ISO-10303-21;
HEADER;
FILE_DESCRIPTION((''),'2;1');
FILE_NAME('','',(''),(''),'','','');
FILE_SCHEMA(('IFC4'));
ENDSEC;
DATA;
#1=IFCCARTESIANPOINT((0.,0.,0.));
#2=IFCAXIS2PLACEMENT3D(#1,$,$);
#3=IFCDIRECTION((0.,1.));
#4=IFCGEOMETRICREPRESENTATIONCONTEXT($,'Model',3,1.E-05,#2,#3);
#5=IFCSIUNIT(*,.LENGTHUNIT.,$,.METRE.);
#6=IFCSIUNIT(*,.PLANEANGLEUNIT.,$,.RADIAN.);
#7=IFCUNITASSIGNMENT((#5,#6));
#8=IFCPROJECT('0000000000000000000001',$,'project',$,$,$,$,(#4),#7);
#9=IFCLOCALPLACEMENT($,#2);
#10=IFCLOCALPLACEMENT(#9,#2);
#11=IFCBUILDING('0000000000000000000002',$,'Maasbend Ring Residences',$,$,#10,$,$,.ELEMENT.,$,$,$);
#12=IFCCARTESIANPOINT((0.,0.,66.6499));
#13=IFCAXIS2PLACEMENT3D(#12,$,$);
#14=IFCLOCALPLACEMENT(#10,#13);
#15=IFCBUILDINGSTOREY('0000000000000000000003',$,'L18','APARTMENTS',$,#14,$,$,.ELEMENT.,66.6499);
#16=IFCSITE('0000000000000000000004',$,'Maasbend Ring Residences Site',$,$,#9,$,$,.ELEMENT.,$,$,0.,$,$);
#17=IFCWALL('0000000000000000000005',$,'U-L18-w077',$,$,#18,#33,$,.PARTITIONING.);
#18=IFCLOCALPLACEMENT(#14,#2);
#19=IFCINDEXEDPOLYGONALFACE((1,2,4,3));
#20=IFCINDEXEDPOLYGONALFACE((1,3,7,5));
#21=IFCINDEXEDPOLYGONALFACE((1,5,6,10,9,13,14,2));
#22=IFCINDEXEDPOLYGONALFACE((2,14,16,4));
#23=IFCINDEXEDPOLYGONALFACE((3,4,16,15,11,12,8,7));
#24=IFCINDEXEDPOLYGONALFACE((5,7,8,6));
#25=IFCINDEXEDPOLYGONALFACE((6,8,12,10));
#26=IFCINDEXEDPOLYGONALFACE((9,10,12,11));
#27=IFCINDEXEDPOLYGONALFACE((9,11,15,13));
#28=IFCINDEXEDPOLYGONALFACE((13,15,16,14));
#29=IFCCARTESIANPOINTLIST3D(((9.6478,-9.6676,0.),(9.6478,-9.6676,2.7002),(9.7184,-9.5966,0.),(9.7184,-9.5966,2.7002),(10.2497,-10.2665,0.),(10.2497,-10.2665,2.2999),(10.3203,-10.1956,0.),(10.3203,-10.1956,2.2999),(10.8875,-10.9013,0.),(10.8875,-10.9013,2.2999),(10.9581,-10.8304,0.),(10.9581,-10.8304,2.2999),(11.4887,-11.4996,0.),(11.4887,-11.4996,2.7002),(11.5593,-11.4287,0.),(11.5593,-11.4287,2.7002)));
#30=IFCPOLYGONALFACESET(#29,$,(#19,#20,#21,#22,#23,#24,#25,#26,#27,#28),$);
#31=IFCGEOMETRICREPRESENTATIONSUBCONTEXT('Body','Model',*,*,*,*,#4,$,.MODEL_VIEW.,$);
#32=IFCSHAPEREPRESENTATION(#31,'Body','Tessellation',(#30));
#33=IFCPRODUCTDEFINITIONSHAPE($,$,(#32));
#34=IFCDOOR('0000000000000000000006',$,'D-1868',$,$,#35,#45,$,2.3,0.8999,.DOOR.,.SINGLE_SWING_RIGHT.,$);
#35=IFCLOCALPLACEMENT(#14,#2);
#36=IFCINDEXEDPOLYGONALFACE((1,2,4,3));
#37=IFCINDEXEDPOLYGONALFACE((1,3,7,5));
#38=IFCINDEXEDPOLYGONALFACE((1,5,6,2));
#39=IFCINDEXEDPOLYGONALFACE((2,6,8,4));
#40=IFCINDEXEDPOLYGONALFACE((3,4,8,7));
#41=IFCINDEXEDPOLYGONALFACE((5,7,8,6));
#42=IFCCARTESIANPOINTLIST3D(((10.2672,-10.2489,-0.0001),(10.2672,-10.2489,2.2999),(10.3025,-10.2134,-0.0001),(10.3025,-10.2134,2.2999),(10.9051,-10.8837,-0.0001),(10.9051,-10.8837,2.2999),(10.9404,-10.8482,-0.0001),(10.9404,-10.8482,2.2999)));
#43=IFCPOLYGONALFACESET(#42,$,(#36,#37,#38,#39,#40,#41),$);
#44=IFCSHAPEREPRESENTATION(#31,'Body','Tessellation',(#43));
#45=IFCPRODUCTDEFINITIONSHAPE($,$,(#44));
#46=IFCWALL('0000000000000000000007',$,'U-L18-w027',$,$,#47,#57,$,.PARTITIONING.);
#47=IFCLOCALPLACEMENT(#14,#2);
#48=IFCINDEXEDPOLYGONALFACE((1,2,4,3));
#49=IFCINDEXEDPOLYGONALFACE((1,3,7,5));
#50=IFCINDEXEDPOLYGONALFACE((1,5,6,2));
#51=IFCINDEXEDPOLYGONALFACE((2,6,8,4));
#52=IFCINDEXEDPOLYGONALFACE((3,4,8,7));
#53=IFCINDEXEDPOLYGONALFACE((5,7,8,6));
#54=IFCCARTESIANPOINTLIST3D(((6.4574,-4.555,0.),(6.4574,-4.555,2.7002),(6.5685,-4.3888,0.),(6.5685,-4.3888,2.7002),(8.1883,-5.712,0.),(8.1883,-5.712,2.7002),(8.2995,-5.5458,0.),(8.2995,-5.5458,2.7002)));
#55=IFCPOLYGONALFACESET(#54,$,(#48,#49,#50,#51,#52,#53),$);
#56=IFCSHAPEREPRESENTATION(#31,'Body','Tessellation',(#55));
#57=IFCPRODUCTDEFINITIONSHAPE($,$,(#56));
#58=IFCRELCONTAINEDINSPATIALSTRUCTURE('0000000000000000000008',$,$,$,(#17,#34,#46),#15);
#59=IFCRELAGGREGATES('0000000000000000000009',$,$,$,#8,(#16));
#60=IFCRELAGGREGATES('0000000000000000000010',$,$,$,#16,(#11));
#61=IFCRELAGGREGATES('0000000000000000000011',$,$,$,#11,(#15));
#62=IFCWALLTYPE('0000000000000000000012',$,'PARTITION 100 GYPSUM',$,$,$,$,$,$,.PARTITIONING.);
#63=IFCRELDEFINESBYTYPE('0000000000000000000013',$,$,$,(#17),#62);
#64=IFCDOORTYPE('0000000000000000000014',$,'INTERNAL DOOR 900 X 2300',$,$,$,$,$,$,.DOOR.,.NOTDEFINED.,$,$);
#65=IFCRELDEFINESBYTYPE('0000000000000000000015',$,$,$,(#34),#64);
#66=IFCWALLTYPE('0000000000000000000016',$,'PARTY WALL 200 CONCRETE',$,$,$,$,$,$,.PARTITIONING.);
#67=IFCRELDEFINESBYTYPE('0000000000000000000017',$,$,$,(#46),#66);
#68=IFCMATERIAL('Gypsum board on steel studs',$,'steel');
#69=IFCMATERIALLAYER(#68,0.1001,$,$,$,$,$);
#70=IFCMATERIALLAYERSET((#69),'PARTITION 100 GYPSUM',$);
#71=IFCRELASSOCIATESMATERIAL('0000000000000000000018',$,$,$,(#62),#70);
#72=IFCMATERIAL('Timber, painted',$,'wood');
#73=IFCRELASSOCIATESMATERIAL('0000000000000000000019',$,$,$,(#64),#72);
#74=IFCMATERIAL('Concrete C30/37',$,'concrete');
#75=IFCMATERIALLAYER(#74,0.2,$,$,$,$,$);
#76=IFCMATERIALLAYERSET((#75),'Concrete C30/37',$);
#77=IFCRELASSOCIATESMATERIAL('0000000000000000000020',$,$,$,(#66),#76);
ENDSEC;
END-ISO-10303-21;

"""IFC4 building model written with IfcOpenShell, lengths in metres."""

from ifc_helpers import new_model, si_unit, direction, frame, frame_2d, origin, place, context, subcontext, project, spatial, rectangle, extrude, material, layer, layer_set, type_object, element, fill, save


model = new_model("IFC4")

# Units and contexts
model_context = context("Model", 3, precision=1e-05, world=origin(), true_north=direction((0.0, 1.0)))
body_context = subcontext(model_context, "Body", "Model", "MODEL_VIEW")
ifc_project = project(units=[si_unit("LENGTHUNIT", "METRE"), si_unit("PLANEANGLEUNIT", "RADIAN")], contexts=[model_context])

# Site, building, storey
site_placement = place(None, origin())
site = spatial("IfcSite", under=ifc_project, at=site_placement, Name="Maasbend Ring Residences Site", CompositionType="ELEMENT", RefElevation=0.0)
building_placement = place(site_placement, origin())
building = spatial("IfcBuilding", under=site, at=building_placement, Name="Maasbend Ring Residences", CompositionType="ELEMENT")
storey_placement = place(building_placement, frame((0.0, 0.0, 66.6499)))
storey = spatial("IfcBuildingStorey", under=building, at=storey_placement, Name="L18", Description="APARTMENTS", CompositionType="ELEMENT", Elevation=66.6499)

# Shared definitions
ifc_material_1 = material(Name="Gypsum board on steel studs", Category="steel")
ifc_layer_1 = layer(ifc_material_1, 0.1001)
ifc_layer_set_1 = layer_set([ifc_layer_1], Name="PARTITION 100 GYPSUM")
wall_type_1 = type_object("IfcWallType", Name="PARTITION 100 GYPSUM", PredefinedType="PARTITIONING", material=ifc_layer_set_1)

# Wall, opening, door
wall_1_placement = place(storey_placement, frame((9.6831, -9.6321, 0.0), z_axis=(0.0, 0.0, 1.0), x_axis=(0.708797, -0.705413, 0.0)))
wall_1 = element("IfcWall", 1, at=wall_1_placement, inside=storey, type_object=wall_type_1, Name="U-L18-w077", PredefinedType="PARTITIONING", context=body_context, shape_type="SweptSolid", body=[
    extrude(rectangle(XDim=2.5972, YDim=0.1001, at=frame_2d((1.2986, 0.0))), origin(), (0.0, 0.0, 1.0), 2.7002),
])
opening_1_placement = place(wall_1_placement, frame((0.8491, 0.0, 0.0)))
opening_1 = element("IfcOpeningElement", 2, at=opening_1_placement, cuts=wall_1, PredefinedType="OPENING", context=body_context, shape_type="SweptSolid", body=[
    extrude(rectangle(XDim=0.8999, YDim=2.3, at=frame_2d((0.45, 1.1499))), frame((0.0, 0.0601, 0.0), z_axis=(0.0, -1.0, 0.0), x_axis=(1.0, 0.0, 0.0)), (0.0, 0.0, 1.0), 0.1201),
])
ifc_material_2 = material(Name="Timber, painted", Category="wood")
door_type_1 = type_object("IfcDoorType", Name="INTERNAL DOOR 900 X 2300", OperationType="NOTDEFINED", PredefinedType="DOOR", material=ifc_material_2)
door_1_placement = place(opening_1_placement, origin())
door_1 = element("IfcDoor", 3, at=door_1_placement, inside=storey, type_object=door_type_1, Name="D-1868", OperationType="SINGLE_SWING_RIGHT", OverallHeight=2.3, OverallWidth=0.8999, PredefinedType="DOOR", context=body_context, shape_type="SweptSolid", body=[
    extrude(rectangle(XDim=0.8999, YDim=2.3, at=frame_2d((0.45, 1.1499))), frame((0.0, 0.0249, 0.0), z_axis=(0.0, -1.0, 0.0), x_axis=(1.0, 0.0, 0.0)), (0.0, 0.0, 1.0), 0.05),
])
fill(opening_1, door_1)

# Wall
ifc_material_3 = material(Name="Concrete C30/37", Category="concrete")
ifc_layer_2 = layer(ifc_material_3, 0.2)
ifc_layer_set_2 = layer_set([ifc_layer_2], Name="Concrete C30/37")
wall_type_2 = type_object("IfcWallType", Name="PARTY WALL 200 CONCRETE", PredefinedType="PARTITIONING", material=ifc_layer_set_2)
wall_2_placement = place(storey_placement, frame((6.5129, -4.4719, 0.0), z_axis=(0.0, 0.0, 1.0), x_axis=(0.831382, -0.555701, 0.0)))
element("IfcWall", 4, at=wall_2_placement, inside=storey, type_object=wall_type_2, Name="U-L18-w027", PredefinedType="PARTITIONING", context=body_context, shape_type="SweptSolid", body=[
    extrude(rectangle(XDim=2.082, YDim=0.2, at=frame_2d((1.041, 0.0))), origin(), (0.0, 0.0, 1.0), 2.7002),
])

save(model, "model.ifc")
